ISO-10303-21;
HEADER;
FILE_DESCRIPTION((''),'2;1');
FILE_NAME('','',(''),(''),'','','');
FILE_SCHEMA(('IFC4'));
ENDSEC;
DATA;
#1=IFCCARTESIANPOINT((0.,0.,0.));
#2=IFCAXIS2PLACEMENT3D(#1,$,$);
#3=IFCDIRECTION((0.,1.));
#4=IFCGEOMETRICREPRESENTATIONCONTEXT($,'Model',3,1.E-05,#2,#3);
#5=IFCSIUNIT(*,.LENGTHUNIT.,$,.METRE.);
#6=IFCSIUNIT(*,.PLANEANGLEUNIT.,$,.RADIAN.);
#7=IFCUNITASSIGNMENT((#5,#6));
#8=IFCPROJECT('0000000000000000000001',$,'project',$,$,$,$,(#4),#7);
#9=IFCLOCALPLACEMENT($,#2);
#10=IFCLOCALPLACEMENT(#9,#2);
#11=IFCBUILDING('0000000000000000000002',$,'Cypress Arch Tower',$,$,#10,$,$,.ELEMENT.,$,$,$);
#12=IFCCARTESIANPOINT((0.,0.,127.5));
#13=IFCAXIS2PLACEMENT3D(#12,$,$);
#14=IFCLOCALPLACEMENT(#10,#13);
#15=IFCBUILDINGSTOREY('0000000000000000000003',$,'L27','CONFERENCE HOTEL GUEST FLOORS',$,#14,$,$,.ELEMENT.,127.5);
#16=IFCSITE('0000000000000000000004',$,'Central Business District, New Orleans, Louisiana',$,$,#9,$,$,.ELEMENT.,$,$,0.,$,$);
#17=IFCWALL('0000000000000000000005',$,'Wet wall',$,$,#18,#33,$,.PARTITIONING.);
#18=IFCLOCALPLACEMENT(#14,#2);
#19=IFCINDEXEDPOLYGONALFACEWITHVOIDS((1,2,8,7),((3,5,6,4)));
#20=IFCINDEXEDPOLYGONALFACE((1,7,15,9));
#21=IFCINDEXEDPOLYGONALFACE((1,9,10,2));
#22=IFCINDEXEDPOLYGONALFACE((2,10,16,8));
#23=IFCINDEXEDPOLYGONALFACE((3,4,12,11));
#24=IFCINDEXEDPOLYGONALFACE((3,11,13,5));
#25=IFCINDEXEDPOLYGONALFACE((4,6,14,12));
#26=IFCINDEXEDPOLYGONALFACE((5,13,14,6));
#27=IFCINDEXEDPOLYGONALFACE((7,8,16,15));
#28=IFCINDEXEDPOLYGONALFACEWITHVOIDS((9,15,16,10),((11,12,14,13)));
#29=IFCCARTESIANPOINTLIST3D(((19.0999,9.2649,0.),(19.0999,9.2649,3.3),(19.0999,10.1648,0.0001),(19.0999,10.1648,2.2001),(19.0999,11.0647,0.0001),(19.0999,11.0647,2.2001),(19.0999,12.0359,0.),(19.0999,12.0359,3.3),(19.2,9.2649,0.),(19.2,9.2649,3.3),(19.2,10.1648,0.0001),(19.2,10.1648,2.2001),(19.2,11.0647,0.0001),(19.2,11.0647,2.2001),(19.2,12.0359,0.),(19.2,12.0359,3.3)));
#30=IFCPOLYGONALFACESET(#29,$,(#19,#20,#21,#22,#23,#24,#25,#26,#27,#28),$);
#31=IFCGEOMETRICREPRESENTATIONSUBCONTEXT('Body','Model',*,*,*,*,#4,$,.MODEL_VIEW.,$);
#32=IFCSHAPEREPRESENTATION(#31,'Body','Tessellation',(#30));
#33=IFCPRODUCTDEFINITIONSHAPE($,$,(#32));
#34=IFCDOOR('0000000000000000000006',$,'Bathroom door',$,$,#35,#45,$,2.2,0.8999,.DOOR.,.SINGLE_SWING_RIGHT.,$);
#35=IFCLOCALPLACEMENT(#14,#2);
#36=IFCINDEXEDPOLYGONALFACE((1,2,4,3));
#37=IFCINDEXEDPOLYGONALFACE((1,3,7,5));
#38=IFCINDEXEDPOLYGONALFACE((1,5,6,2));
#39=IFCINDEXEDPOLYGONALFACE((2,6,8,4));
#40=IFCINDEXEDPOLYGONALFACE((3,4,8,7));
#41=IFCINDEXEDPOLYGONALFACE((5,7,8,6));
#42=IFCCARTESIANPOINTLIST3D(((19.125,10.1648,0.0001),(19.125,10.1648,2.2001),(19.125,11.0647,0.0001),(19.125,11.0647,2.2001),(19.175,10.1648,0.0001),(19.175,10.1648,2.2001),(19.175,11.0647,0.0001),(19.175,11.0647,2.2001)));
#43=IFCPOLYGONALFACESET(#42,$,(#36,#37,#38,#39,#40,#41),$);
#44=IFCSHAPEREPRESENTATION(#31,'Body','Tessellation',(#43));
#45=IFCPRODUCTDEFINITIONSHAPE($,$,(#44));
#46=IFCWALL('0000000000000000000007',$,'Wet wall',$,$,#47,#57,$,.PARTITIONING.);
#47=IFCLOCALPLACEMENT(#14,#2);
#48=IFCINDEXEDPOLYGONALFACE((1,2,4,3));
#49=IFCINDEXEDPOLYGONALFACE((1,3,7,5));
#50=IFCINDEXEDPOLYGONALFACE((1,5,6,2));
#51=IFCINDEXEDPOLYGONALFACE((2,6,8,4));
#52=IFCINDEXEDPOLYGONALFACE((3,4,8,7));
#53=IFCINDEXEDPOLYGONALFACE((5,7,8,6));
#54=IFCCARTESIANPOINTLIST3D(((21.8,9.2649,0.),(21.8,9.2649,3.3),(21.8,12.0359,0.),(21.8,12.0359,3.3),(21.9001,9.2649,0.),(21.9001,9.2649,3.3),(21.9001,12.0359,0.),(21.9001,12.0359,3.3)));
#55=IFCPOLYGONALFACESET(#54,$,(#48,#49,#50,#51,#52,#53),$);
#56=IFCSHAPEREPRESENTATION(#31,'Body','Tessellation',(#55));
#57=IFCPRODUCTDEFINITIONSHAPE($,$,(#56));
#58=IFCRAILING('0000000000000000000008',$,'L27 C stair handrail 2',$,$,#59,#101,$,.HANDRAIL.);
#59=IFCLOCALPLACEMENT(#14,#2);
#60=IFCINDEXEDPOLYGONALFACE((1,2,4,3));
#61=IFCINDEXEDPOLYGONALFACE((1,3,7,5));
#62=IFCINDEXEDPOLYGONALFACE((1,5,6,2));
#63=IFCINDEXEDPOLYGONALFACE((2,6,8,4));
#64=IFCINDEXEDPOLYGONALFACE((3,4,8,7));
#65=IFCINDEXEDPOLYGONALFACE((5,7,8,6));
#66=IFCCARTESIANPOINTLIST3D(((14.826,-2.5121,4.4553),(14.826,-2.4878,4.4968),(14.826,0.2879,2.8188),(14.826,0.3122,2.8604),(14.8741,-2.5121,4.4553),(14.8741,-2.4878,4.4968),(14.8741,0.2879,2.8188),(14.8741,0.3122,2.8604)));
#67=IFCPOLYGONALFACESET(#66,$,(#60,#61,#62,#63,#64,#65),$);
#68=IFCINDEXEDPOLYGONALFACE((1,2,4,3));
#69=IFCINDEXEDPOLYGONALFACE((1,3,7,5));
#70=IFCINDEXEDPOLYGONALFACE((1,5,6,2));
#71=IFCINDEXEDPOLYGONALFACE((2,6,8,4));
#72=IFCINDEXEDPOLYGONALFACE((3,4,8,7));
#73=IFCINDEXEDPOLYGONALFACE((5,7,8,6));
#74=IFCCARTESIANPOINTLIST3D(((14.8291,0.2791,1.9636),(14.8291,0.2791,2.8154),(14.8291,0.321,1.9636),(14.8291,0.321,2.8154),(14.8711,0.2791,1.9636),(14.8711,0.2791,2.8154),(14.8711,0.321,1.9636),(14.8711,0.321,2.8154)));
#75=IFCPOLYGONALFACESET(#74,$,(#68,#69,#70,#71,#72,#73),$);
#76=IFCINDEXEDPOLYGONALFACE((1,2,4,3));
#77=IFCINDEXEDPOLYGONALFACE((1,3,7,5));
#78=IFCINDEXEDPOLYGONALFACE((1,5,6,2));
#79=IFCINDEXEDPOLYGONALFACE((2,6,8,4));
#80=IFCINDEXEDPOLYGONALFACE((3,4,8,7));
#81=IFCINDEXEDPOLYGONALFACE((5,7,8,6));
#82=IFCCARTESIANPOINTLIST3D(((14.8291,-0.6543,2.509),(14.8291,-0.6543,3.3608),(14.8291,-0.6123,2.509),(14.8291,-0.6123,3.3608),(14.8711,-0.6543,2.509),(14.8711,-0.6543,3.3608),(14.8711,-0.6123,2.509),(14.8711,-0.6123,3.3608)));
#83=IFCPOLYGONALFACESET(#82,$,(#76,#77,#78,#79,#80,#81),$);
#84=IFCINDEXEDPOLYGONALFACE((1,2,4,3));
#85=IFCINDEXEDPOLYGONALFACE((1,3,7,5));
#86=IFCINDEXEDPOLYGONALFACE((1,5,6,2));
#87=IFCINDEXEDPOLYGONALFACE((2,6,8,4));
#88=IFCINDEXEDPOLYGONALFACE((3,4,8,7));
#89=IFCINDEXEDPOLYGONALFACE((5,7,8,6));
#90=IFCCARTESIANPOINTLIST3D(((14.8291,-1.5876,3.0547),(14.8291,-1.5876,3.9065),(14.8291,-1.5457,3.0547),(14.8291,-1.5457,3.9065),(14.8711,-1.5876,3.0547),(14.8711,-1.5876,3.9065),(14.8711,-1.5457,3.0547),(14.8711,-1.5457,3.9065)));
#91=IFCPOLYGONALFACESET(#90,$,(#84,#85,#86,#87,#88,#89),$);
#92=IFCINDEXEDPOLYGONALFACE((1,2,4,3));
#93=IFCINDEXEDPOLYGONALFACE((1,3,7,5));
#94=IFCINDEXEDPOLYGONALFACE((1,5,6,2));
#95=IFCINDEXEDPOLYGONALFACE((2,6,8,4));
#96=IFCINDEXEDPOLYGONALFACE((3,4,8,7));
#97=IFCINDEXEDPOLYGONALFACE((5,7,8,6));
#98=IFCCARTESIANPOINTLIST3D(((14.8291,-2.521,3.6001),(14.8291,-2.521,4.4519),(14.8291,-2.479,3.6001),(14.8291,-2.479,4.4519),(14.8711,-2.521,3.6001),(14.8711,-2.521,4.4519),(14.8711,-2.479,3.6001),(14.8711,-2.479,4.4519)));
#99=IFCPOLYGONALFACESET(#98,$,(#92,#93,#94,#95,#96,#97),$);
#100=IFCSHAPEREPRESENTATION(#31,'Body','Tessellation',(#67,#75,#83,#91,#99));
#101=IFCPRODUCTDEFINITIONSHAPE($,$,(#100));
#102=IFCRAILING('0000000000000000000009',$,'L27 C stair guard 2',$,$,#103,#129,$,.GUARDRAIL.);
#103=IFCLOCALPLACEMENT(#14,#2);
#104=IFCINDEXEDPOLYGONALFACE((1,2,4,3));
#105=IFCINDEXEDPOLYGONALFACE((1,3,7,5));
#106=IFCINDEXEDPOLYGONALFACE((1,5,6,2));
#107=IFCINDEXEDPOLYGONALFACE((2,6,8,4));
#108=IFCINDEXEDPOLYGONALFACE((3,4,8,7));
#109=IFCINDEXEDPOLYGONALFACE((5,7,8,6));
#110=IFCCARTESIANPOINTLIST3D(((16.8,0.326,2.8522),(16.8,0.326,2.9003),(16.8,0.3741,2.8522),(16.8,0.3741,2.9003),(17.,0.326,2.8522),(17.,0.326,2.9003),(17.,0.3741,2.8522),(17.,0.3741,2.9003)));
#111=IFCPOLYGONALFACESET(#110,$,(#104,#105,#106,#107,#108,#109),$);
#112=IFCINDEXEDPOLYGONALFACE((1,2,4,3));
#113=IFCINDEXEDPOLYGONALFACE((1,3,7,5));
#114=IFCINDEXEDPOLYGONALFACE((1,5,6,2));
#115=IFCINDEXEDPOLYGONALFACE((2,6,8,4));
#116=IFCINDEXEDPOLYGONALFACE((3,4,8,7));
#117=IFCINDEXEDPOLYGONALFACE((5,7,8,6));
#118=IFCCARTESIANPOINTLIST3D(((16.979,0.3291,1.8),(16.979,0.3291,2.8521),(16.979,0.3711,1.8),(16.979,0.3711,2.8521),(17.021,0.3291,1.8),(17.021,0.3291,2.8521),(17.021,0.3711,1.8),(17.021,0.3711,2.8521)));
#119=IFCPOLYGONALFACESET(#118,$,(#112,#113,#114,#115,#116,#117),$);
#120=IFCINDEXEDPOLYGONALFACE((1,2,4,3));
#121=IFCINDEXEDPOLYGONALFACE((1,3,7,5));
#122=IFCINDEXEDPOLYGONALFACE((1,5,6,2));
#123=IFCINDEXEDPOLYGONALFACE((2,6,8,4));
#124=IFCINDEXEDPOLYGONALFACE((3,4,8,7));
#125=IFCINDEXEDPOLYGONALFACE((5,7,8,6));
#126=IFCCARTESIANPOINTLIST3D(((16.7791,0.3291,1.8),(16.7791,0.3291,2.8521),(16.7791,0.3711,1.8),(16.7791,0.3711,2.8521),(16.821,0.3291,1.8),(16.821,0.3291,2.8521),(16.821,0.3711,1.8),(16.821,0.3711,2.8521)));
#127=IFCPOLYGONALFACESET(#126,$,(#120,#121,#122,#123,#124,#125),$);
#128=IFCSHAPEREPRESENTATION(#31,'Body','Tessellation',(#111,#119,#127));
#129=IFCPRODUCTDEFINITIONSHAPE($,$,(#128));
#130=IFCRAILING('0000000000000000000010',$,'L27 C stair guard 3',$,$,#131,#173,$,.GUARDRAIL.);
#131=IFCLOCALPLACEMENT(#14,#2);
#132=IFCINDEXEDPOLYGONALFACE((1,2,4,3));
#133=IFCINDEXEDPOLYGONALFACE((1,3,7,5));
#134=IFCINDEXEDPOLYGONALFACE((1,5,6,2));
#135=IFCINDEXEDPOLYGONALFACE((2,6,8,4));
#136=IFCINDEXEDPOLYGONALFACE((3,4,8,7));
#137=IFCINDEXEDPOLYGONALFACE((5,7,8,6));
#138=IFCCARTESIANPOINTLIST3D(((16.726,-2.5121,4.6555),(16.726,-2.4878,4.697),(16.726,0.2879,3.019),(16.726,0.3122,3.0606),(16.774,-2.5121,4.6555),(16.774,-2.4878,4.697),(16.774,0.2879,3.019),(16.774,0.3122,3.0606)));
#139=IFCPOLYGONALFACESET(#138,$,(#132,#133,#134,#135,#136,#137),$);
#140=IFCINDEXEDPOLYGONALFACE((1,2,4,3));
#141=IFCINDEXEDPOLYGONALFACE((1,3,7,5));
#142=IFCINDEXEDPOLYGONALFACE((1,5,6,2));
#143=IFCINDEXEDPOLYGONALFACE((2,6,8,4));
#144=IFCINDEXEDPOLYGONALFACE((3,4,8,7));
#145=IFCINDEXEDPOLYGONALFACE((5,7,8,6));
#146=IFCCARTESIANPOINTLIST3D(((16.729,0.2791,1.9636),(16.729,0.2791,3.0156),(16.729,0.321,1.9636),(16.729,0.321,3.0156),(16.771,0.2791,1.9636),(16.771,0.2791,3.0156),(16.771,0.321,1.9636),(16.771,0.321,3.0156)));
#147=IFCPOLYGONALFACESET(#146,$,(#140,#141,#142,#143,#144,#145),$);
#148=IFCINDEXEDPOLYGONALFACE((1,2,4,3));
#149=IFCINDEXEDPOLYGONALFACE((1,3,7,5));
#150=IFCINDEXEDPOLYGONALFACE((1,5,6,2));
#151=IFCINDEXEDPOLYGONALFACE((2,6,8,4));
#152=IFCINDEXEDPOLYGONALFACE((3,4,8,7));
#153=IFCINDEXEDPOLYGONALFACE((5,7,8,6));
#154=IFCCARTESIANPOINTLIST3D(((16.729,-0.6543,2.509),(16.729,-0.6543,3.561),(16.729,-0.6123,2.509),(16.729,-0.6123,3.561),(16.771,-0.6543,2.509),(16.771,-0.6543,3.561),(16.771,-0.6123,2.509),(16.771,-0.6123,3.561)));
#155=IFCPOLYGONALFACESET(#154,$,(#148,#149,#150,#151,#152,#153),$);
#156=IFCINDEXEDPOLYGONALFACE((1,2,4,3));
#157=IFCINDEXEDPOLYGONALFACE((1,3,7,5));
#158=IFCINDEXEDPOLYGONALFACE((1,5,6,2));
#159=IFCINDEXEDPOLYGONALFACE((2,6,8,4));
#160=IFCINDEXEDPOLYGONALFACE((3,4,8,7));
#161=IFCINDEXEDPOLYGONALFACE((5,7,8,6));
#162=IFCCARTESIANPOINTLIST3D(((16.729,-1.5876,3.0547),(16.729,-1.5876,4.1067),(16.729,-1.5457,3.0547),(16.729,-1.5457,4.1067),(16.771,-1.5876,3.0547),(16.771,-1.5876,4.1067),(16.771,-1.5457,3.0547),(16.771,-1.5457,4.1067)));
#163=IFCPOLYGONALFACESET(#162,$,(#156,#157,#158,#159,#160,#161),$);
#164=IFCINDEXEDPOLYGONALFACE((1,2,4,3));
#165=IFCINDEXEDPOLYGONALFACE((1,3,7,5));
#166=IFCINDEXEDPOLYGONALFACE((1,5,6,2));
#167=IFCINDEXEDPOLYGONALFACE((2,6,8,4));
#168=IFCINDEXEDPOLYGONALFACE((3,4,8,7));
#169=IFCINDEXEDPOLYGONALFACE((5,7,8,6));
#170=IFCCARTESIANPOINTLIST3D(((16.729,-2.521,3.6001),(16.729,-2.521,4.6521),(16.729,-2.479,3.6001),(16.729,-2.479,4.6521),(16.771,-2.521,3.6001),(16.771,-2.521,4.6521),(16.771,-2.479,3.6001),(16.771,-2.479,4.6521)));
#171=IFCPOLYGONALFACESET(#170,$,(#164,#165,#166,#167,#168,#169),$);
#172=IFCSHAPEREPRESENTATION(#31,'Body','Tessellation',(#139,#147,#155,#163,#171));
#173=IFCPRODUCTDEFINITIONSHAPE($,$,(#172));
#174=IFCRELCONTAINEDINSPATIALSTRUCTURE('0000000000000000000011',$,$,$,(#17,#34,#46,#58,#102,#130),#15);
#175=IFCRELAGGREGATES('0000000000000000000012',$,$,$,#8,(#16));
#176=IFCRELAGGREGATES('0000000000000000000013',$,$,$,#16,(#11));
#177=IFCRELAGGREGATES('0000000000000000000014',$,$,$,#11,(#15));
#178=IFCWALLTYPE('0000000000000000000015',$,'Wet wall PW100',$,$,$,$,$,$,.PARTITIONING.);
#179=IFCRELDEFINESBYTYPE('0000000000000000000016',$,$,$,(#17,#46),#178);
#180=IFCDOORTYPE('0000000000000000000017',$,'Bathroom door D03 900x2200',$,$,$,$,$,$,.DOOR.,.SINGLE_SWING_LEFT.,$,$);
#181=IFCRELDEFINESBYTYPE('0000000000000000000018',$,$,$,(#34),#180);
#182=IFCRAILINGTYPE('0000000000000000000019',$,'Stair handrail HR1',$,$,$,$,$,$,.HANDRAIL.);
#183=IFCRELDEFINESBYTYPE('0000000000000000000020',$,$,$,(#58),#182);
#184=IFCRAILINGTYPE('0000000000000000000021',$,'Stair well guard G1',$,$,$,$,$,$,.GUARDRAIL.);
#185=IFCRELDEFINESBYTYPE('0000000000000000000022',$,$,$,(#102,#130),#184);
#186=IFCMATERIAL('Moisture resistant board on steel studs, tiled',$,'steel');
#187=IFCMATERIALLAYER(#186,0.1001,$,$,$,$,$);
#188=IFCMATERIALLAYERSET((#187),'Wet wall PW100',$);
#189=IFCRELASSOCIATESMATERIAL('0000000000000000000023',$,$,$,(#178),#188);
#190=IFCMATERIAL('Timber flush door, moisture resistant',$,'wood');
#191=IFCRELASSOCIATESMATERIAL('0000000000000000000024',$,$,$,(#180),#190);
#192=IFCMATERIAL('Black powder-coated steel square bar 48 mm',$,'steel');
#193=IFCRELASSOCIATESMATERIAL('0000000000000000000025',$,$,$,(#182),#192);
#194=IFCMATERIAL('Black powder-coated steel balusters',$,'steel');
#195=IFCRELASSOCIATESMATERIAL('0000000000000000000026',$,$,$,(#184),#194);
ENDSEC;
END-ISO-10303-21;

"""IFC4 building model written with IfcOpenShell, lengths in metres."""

from ifc_helpers import new_model, si_unit, direction, frame, frame_2d, origin, origin_2d, place, context, subcontext, project, spatial, rectangle, extrude, material, layer, layer_set, type_object, element, fill, save


model = new_model("IFC4")

# Units and contexts
model_context = context("Model", 3, precision=1e-05, world=origin(), true_north=direction((0.0, 1.0)))
body_context = subcontext(model_context, "Body", "Model", "MODEL_VIEW")
ifc_project = project(units=[si_unit("LENGTHUNIT", "METRE"), si_unit("PLANEANGLEUNIT", "RADIAN")], contexts=[model_context])

# Site, building, storey
site_placement = place(None, origin())
site = spatial("IfcSite", under=ifc_project, at=site_placement, Name="Central Business District, New Orleans, Louisiana", CompositionType="ELEMENT", RefElevation=0.0)
building_placement = place(site_placement, origin())
building = spatial("IfcBuilding", under=site, at=building_placement, Name="Cypress Arch Tower", CompositionType="ELEMENT")
storey_placement = place(building_placement, frame((0.0, 0.0, 127.5)))
storey = spatial("IfcBuildingStorey", under=building, at=storey_placement, Name="L27", Description="CONFERENCE HOTEL GUEST FLOORS", CompositionType="ELEMENT", Elevation=127.5)

# Shared definitions
ifc_material_1 = material(Name="Moisture resistant board on steel studs, tiled", Category="steel")
ifc_layer_1 = layer(ifc_material_1, 0.1001)
ifc_layer_set_1 = layer_set([ifc_layer_1], Name="Wet wall PW100")
wall_type_1 = type_object("IfcWallType", Name="Wet wall PW100", PredefinedType="PARTITIONING", material=ifc_layer_set_1)

# Wall, opening, door
wall_1_placement = place(storey_placement, frame((19.1499, 9.2649, 0.0), z_axis=(0.0, 0.0, 1.0), x_axis=(0.0, 1.0, 0.0)))
wall_1 = element("IfcWall", 1, at=wall_1_placement, inside=storey, type_object=wall_type_1, Name="Wet wall", PredefinedType="PARTITIONING", context=body_context, shape_type="SweptSolid", body=[
    extrude(rectangle(XDim=2.771, YDim=0.1001, at=frame_2d((1.3855, 0.0))), origin(), (0.0, 0.0, 1.0), 3.3),
])
opening_1_placement = place(wall_1_placement, frame((0.8999, 0.0, 0.0)))
opening_1 = element("IfcOpeningElement", 2, at=opening_1_placement, cuts=wall_1, PredefinedType="OPENING", context=body_context, shape_type="SweptSolid", body=[
    extrude(rectangle(XDim=0.8999, YDim=2.2, at=frame_2d((0.45, 1.1001))), frame((0.0, 0.0601, 0.0), z_axis=(0.0, -1.0, 0.0), x_axis=(1.0, 0.0, 0.0)), (0.0, 0.0, 1.0), 0.1201),
])
ifc_material_2 = material(Name="Timber flush door, moisture resistant", Category="wood")
door_type_1 = type_object("IfcDoorType", Name="Bathroom door D03 900x2200", OperationType="SINGLE_SWING_LEFT", PredefinedType="DOOR", material=ifc_material_2)
door_1_placement = place(opening_1_placement, origin())
door_1 = element("IfcDoor", 3, at=door_1_placement, inside=storey, type_object=door_type_1, Name="Bathroom door", OperationType="SINGLE_SWING_RIGHT", OverallHeight=2.2, OverallWidth=0.8999, PredefinedType="DOOR", context=body_context, shape_type="SweptSolid", body=[
    extrude(rectangle(XDim=0.8999, YDim=2.2, at=frame_2d((0.45, 1.1001))), frame((0.0, 0.0249, 0.0), z_axis=(0.0, -1.0, 0.0), x_axis=(1.0, 0.0, 0.0)), (0.0, 0.0, 1.0), 0.05),
])
fill(opening_1, door_1)

# Wall
wall_2_placement = place(storey_placement, frame((21.8501, 9.2649, 0.0), z_axis=(0.0, 0.0, 1.0), x_axis=(0.0, 1.0, 0.0)))
element("IfcWall", 4, at=wall_2_placement, inside=storey, type_object=wall_type_1, Name="Wet wall", PredefinedType="PARTITIONING", context=body_context, shape_type="SweptSolid", body=[
    extrude(rectangle(XDim=2.771, YDim=0.1001, at=frame_2d((1.3855, 0.0))), origin(), (0.0, 0.0, 1.0), 3.3),
])

# Railings
ifc_material_3 = material(Name="Black powder-coated steel square bar 48 mm", Category="steel")
railing_type_1 = type_object("IfcRailingType", Name="Stair handrail HR1", PredefinedType="HANDRAIL", material=ifc_material_3)
railing_1_placement = place(storey_placement, frame((14.8501, 0.3, 1.9636)))
element("IfcRailing", 5, at=railing_1_placement, inside=storey, type_object=railing_type_1, Name="L27 C stair handrail 2", PredefinedType="HANDRAIL", context=body_context, shape_type="SweptSolid", body=[
    extrude(rectangle(XDim=0.0481, YDim=0.0481, at=origin_2d()), frame((0.0, 0.0, 0.876), z_axis=(0.0, -0.863361, 0.504587), x_axis=(1.0, 0.0, 0.0)), (0.0, 0.0, 1.0), 3.2432),
    extrude(rectangle(XDim=0.042, YDim=0.042, at=origin_2d()), origin(), (0.0, 0.0, 1.0), 0.8518),
    extrude(rectangle(XDim=0.042, YDim=0.042, at=origin_2d()), frame((0.0, -0.9333, 0.5454)), (0.0, 0.0, 1.0), 0.8518),
    extrude(rectangle(XDim=0.042, YDim=0.042, at=origin_2d()), frame((0.0, -1.8667, 1.0911)), (0.0, 0.0, 1.0), 0.8518),
    extrude(rectangle(XDim=0.042, YDim=0.042, at=origin_2d()), frame((0.0, -2.8, 1.6365)), (0.0, 0.0, 1.0), 0.8518),
])
ifc_material_4 = material(Name="Black powder-coated steel balusters", Category="steel")
railing_type_2 = type_object("IfcRailingType", Name="Stair well guard G1", PredefinedType="GUARDRAIL", material=ifc_material_4)
railing_2_placement = place(storey_placement, frame((17.0, 0.3501, 1.8)))
element("IfcRailing", 6, at=railing_2_placement, inside=storey, type_object=railing_type_2, Name="L27 C stair guard 2", PredefinedType="GUARDRAIL", context=body_context, shape_type="SweptSolid", body=[
    extrude(rectangle(XDim=0.0481, YDim=0.0481, at=origin_2d()), frame((0.0, 0.0, 1.0762), z_axis=(-1.0, 0.0, 0.0), x_axis=(0.0, -1.0, 0.0)), (0.0, 0.0, 1.0), 0.2),
    extrude(rectangle(XDim=0.042, YDim=0.042, at=origin_2d()), origin(), (0.0, 0.0, 1.0), 1.052),
    extrude(rectangle(XDim=0.042, YDim=0.042, at=origin_2d()), frame((-0.2, 0.0, 0.0)), (0.0, 0.0, 1.0), 1.052),
])
railing_3_placement = place(storey_placement, frame((16.75, 0.3, 1.9636)))
element("IfcRailing", 7, at=railing_3_placement, inside=storey, type_object=railing_type_2, Name="L27 C stair guard 3", PredefinedType="GUARDRAIL", context=body_context, shape_type="SweptSolid", body=[
    extrude(rectangle(XDim=0.0481, YDim=0.0481, at=origin_2d()), frame((0.0, 0.0, 1.0762), z_axis=(0.0, -0.863361, 0.504587), x_axis=(1.0, 0.0, 0.0)), (0.0, 0.0, 1.0), 3.2432),
    extrude(rectangle(XDim=0.042, YDim=0.042, at=origin_2d()), origin(), (0.0, 0.0, 1.0), 1.052),
    extrude(rectangle(XDim=0.042, YDim=0.042, at=origin_2d()), frame((0.0, -0.9333, 0.5454)), (0.0, 0.0, 1.0), 1.052),
    extrude(rectangle(XDim=0.042, YDim=0.042, at=origin_2d()), frame((0.0, -1.8667, 1.0911)), (0.0, 0.0, 1.0), 1.052),
    extrude(rectangle(XDim=0.042, YDim=0.042, at=origin_2d()), frame((0.0, -2.8, 1.6365)), (0.0, 0.0, 1.0), 1.052),
])

save(model, "model.ifc")
